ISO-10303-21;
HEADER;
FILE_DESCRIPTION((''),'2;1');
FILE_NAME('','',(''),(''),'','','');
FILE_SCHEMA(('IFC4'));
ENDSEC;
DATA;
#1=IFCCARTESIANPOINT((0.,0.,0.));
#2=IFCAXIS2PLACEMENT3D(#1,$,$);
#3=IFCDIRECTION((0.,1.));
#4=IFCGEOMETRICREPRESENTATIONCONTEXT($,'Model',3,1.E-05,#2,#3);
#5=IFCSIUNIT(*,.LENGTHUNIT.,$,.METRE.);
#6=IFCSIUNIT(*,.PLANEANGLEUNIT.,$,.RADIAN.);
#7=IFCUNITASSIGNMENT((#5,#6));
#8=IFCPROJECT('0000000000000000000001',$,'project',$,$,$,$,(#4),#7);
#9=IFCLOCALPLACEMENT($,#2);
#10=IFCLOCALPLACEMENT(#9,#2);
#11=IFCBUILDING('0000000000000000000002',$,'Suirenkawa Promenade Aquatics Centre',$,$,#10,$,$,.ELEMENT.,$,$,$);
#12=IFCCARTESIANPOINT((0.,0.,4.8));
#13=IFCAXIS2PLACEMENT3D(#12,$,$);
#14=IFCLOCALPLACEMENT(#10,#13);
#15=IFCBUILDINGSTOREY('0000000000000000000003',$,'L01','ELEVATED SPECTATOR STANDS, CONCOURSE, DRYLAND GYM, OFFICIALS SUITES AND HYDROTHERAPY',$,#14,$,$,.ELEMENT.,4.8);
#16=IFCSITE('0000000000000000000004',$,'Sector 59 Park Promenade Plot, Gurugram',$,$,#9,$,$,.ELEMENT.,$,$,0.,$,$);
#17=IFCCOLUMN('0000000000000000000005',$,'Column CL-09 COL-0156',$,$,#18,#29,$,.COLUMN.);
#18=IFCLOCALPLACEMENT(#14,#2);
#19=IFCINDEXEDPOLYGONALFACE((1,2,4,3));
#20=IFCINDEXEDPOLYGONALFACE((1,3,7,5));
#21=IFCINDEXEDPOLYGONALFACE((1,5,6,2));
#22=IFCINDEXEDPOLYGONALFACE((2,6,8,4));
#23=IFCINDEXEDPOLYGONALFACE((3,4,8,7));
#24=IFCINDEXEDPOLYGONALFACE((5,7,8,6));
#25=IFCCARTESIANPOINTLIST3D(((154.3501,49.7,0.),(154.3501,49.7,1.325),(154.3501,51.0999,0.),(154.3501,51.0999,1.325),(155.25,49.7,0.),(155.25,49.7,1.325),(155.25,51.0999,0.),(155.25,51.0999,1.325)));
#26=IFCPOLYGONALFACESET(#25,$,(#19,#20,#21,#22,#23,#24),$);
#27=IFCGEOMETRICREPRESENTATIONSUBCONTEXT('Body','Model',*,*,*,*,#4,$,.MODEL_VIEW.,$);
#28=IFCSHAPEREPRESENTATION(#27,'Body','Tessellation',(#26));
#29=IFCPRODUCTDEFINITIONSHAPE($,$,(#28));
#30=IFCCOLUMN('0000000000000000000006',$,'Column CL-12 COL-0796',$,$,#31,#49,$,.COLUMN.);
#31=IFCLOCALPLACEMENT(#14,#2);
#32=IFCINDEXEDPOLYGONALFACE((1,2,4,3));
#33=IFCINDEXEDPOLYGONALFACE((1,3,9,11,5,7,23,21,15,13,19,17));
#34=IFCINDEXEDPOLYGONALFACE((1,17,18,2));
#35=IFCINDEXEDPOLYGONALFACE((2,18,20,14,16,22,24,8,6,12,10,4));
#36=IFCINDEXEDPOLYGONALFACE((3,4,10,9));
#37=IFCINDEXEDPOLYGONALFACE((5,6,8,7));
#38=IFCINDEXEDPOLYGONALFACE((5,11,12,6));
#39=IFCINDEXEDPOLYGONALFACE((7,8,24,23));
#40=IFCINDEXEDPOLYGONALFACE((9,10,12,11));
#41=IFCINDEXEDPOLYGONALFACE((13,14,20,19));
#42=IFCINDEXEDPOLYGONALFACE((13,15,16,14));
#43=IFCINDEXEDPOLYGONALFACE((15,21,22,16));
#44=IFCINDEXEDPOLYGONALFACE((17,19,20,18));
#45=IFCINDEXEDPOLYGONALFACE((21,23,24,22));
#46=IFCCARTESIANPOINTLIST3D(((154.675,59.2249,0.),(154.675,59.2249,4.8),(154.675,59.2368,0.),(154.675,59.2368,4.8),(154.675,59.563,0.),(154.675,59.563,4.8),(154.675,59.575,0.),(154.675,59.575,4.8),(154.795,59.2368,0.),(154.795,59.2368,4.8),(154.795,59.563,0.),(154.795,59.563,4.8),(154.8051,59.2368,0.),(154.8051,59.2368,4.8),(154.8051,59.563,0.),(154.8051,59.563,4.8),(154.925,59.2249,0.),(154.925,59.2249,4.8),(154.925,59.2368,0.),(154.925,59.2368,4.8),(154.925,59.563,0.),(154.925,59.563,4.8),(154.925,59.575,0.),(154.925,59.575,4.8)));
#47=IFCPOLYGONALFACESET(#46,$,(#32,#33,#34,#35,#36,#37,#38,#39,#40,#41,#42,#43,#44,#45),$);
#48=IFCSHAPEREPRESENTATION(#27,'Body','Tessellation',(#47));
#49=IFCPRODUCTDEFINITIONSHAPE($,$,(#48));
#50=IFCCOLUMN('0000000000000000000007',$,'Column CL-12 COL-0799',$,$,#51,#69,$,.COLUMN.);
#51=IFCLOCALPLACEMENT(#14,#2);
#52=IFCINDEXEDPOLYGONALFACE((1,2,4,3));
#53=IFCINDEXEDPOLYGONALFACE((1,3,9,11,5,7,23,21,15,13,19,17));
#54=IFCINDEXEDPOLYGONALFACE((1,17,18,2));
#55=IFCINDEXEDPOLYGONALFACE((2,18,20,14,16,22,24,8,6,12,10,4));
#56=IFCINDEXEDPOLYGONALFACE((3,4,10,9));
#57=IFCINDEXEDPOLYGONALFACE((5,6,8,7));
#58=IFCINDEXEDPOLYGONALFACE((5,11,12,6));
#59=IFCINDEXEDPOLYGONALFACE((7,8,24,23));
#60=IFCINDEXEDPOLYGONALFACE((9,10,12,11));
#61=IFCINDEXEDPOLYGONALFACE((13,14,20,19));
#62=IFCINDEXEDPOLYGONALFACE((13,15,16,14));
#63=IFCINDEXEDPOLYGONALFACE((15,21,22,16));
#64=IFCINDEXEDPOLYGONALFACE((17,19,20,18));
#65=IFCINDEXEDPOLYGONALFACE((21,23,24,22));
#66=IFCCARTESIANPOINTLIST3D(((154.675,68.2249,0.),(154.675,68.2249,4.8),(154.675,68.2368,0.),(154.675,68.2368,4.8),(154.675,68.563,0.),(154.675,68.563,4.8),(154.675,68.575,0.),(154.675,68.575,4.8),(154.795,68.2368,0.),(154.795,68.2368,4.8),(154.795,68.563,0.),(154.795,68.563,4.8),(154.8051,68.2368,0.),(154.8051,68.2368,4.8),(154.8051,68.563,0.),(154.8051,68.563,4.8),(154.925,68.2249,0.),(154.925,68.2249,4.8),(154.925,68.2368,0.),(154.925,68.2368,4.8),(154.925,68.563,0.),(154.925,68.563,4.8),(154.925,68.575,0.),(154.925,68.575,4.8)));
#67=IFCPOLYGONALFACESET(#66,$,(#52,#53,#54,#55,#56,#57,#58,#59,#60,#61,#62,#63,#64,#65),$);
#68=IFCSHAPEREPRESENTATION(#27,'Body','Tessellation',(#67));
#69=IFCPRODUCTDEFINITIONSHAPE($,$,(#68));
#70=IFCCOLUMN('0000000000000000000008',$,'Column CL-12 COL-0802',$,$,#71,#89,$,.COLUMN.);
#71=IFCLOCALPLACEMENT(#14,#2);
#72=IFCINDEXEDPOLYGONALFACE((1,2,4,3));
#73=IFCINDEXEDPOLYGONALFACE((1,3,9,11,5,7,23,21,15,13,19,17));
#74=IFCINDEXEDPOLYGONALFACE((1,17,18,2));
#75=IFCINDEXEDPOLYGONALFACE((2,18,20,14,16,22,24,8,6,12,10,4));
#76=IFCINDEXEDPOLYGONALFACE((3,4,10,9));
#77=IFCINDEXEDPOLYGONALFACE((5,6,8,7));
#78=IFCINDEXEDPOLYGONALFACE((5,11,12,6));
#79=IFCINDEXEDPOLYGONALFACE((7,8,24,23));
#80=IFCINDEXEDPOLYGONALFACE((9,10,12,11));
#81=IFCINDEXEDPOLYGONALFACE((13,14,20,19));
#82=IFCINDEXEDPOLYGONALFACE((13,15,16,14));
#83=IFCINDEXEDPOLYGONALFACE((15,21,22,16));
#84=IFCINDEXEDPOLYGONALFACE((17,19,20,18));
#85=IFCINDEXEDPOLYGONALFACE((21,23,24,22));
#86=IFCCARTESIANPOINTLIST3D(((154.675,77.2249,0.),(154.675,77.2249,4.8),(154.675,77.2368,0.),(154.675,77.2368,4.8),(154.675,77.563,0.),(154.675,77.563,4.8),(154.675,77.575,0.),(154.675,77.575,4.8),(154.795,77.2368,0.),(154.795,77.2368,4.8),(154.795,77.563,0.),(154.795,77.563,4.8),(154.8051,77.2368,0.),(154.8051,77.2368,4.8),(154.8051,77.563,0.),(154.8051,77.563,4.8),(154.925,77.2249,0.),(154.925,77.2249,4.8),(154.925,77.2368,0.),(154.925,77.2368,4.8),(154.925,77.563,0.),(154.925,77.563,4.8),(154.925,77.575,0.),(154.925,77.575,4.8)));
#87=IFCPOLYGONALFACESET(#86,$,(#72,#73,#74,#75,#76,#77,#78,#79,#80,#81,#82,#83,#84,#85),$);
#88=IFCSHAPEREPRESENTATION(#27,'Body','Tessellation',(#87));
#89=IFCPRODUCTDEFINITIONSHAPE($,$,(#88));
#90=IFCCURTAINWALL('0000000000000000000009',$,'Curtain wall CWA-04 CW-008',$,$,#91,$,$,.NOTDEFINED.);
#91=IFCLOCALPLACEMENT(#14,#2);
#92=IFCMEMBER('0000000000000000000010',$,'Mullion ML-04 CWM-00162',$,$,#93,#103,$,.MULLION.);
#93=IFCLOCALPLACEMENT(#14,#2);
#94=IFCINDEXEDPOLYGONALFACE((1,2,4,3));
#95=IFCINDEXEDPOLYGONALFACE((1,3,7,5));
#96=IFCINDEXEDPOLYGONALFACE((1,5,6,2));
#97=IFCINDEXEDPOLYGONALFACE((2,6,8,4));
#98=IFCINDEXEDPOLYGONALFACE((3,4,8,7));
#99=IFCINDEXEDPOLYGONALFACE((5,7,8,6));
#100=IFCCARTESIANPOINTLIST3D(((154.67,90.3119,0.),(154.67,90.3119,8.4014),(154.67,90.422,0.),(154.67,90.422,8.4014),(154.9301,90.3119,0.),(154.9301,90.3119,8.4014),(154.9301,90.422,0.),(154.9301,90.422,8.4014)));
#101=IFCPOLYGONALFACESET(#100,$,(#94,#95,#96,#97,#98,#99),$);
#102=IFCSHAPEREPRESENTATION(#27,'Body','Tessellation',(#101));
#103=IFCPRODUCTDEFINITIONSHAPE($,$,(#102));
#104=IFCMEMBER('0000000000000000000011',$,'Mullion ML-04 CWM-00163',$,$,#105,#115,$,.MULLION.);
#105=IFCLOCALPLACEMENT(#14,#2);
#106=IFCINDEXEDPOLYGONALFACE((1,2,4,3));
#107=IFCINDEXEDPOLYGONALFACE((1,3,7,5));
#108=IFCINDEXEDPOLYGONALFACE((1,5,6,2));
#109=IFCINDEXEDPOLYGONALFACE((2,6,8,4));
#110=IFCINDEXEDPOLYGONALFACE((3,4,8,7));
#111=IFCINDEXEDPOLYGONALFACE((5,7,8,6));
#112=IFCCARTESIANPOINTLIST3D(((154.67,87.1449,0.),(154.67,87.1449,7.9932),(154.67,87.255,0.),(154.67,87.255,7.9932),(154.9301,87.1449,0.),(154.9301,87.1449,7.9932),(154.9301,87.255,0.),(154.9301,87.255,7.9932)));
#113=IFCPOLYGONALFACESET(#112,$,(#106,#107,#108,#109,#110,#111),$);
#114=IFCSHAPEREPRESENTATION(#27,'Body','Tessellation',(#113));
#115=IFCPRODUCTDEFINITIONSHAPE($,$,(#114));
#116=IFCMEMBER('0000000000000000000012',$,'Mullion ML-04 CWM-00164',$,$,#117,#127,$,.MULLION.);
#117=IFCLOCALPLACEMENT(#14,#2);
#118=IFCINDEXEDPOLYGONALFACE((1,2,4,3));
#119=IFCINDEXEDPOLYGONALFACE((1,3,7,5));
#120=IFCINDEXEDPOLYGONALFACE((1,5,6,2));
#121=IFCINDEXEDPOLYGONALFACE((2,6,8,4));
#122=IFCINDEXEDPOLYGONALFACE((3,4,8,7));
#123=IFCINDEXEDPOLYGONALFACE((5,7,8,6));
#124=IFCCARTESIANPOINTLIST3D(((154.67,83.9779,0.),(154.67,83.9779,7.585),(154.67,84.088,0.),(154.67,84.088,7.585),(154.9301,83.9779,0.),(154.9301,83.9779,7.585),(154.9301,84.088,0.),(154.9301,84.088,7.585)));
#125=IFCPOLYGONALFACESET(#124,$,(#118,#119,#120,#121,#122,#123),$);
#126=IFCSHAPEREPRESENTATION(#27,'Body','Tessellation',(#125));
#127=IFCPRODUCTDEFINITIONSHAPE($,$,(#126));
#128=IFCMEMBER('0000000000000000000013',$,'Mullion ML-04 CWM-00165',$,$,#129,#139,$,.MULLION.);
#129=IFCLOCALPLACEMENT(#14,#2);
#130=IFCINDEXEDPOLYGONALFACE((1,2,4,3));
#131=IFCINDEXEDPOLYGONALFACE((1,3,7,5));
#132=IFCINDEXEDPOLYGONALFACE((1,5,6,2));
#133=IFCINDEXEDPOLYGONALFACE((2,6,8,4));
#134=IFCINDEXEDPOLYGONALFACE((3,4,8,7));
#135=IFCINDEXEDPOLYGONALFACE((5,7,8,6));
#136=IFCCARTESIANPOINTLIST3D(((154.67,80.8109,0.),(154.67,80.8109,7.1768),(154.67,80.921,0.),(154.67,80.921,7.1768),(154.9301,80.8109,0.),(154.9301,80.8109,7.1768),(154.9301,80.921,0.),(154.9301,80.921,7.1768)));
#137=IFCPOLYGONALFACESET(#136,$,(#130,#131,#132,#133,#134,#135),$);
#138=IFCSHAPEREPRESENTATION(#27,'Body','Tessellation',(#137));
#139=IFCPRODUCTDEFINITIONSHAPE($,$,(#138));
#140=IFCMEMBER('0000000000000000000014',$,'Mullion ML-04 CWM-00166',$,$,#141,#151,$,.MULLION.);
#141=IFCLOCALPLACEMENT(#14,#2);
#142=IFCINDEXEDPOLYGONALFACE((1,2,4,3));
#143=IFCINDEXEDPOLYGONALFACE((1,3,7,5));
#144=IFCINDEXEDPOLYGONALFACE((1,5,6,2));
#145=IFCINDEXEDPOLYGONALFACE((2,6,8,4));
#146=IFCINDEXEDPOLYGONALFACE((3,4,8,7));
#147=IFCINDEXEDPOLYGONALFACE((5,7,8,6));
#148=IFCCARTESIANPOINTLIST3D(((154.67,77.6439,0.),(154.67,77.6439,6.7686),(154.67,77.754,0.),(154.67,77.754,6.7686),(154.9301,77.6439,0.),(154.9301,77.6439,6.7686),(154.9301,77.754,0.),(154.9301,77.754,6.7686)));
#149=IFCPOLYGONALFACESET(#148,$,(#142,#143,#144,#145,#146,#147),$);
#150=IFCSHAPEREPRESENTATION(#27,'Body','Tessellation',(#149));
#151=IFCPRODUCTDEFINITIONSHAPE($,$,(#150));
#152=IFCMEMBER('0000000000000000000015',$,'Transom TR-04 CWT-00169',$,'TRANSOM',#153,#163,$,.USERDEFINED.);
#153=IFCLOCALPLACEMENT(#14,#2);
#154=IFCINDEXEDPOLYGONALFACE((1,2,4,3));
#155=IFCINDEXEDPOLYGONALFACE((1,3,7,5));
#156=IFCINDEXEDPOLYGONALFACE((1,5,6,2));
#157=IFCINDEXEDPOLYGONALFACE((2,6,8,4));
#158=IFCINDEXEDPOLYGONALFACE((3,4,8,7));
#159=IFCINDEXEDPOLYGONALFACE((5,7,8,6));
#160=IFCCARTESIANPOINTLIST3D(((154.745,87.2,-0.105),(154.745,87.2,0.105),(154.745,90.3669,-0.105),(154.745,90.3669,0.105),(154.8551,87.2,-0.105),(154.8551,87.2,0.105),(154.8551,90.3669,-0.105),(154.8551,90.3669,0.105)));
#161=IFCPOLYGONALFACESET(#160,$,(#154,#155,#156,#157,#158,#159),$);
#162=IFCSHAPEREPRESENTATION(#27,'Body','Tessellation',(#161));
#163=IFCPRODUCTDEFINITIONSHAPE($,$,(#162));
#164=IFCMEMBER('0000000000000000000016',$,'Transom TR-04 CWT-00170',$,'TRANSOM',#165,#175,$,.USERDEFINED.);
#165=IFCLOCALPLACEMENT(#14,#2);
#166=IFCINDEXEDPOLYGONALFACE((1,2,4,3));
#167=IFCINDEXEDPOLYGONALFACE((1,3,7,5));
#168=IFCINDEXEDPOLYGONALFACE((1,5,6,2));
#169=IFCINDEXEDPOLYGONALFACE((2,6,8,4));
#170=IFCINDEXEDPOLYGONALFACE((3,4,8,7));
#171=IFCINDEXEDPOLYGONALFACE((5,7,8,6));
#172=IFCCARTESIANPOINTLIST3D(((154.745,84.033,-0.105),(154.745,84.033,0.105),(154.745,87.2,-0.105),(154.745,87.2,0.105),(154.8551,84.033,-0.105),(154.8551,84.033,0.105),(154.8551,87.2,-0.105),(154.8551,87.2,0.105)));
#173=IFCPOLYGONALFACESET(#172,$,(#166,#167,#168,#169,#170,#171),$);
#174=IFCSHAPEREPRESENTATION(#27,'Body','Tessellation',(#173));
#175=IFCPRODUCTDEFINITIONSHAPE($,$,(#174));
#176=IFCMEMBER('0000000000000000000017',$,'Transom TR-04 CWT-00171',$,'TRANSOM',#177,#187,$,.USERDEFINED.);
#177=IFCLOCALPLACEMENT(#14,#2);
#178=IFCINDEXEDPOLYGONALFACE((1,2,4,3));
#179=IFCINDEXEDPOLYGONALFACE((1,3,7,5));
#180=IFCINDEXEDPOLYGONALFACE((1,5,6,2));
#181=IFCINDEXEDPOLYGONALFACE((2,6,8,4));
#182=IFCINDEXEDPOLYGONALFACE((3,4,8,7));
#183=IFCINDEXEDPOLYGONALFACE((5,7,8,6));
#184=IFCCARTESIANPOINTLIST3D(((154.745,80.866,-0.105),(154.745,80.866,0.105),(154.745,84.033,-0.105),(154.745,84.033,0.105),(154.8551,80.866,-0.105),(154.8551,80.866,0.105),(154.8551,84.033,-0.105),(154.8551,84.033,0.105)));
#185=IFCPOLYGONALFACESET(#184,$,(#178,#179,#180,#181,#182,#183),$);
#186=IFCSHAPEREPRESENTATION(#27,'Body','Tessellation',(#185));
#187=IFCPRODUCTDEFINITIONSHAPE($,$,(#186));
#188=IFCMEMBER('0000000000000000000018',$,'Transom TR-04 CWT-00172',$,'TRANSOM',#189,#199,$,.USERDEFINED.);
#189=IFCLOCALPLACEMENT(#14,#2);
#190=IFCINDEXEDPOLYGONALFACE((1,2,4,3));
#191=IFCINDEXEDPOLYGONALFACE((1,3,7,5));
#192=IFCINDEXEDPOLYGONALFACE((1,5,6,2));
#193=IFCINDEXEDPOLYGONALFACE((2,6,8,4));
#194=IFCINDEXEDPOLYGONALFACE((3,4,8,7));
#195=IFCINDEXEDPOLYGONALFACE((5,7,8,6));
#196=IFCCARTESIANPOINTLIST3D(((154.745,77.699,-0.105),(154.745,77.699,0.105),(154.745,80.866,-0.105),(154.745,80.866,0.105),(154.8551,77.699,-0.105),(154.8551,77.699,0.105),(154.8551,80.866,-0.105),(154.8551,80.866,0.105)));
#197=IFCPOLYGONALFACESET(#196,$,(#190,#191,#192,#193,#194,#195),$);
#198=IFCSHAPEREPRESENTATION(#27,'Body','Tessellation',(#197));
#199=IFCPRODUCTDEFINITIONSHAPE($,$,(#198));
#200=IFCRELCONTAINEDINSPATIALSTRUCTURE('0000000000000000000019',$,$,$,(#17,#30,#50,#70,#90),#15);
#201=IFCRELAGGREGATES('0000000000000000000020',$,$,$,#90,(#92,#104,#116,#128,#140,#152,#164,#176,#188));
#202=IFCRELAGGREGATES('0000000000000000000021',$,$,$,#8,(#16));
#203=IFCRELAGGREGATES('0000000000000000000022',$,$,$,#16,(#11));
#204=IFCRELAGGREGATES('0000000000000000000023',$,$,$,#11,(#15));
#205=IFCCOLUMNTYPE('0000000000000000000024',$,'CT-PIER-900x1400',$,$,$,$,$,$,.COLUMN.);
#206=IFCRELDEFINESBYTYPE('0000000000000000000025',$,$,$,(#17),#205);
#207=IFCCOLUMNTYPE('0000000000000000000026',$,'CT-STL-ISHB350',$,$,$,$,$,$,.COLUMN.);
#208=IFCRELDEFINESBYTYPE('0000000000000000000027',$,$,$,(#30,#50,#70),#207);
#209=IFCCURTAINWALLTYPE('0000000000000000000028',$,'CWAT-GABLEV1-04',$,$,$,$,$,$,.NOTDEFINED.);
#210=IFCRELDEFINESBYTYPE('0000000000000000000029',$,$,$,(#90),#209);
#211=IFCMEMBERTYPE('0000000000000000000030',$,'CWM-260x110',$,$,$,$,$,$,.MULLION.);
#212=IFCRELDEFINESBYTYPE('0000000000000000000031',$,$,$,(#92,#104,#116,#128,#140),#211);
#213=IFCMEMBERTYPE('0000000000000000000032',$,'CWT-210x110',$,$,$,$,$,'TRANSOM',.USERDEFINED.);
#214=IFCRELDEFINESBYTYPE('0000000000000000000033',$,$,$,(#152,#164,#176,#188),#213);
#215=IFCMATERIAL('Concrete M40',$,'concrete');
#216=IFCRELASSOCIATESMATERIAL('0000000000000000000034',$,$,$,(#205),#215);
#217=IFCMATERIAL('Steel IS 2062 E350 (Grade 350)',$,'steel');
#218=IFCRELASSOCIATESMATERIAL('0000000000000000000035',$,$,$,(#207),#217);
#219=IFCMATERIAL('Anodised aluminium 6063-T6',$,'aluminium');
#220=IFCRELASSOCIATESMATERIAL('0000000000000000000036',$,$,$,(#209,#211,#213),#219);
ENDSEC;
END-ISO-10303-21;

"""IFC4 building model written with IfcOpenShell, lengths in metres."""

from ifc_helpers import new_model, si_unit, direction, frame, origin, origin_2d, place, context, subcontext, project, spatial, rectangle, i_section, extrude, material, material_profile, profile_set, type_object, element, aggregate, save


model = new_model("IFC4")

# Units and contexts
model_context = context("Model", 3, precision=1e-05, world=origin(), true_north=direction((0.0, 1.0)))
body_context = subcontext(model_context, "Body", "Model", "MODEL_VIEW")
ifc_project = project(units=[si_unit("LENGTHUNIT", "METRE"), si_unit("PLANEANGLEUNIT", "RADIAN")], contexts=[model_context])

# Site, building, storey
site_placement = place(None, origin())
site = spatial("IfcSite", under=ifc_project, at=site_placement, Name="Sector 59 Park Promenade Plot, Gurugram", CompositionType="ELEMENT", RefElevation=0.0)
building_placement = place(site_placement, origin())
building = spatial("IfcBuilding", under=site, at=building_placement, Name="Suirenkawa Promenade Aquatics Centre", CompositionType="ELEMENT")
storey_placement = place(building_placement, frame((0.0, 0.0, 4.8)))
storey = spatial("IfcBuildingStorey", under=building, at=storey_placement, Name="L01", Description="ELEVATED SPECTATOR STANDS, CONCOURSE, DRYLAND GYM, OFFICIALS SUITES AND HYDROTHERAPY", CompositionType="ELEMENT", Elevation=4.8)

# Columns
ifc_material_1 = material(Name="Concrete M40", Category="concrete")
ifc_material_profile_1 = material_profile(ifc_material_1, rectangle(XDim=0.8999, YDim=1.3999, at=origin_2d()), Name="RC PIER 900x1400", Category="concrete")
ifc_profile_set_1 = profile_set([ifc_material_profile_1], Name="Concrete M40")
column_type_1 = type_object("IfcColumnType", Name="CT-PIER-900x1400", PredefinedType="COLUMN", material=ifc_profile_set_1)
column_placement = place(storey_placement, frame((154.8, 50.3999, 0.0), z_axis=(0.0, 0.0, 1.0), x_axis=(1.0, 0.0, 0.0)))
element("IfcColumn", 1, at=column_placement, inside=storey, type_object=column_type_1, Name="Column CL-09 COL-0156", PredefinedType="COLUMN", context=body_context, shape_type="SweptSolid", body=[
    extrude(rectangle(XDim=0.8999, YDim=1.3999, at=origin_2d()), origin(), (0.0, 0.0, 1.0), 1.325),
])
ifc_material_2 = material(Name="Steel IS 2062 E350 (Grade 350)", Category="steel")
ifc_material_profile_2 = material_profile(ifc_material_2, i_section(OverallWidth=0.25, OverallDepth=0.3501, WebThickness=0.01, FlangeThickness=0.012, at=origin_2d()), Name="ISHB 350", Category="steel")
ifc_profile_set_2 = profile_set([ifc_material_profile_2], Name="Steel IS 2062 E350 (Grade 350)")
column_type_2 = type_object("IfcColumnType", Name="CT-STL-ISHB350", PredefinedType="COLUMN", material=ifc_profile_set_2)
for number, where, z_axis, x_axis, name in (
    (2, (154.8, 59.3999, 0.0), (0.0, 0.0, 1.0), (1.0, 0.0, 0.0), "Column CL-12 COL-0796"),
    (3, (154.8, 68.3999, 0.0), (0.0, 0.0, 1.0), (1.0, 0.0, 0.0), "Column CL-12 COL-0799"),
    (4, (154.8, 77.3999, 0.0), (0.0, 0.0, 1.0), (1.0, 0.0, 0.0), "Column CL-12 COL-0802"),
):
    element("IfcColumn", number, at=place(storey_placement, frame(where, z_axis=z_axis, x_axis=x_axis)), inside=storey, type_object=column_type_2, Name=name, PredefinedType="COLUMN", context=body_context, shape_type="SweptSolid", body=[
        extrude(i_section(OverallWidth=0.25, OverallDepth=0.3501, WebThickness=0.01, FlangeThickness=0.012, at=origin_2d()), origin(), (0.0, 0.0, 1.0), 4.8),
    ])

# Curtain wall, members
ifc_material_3 = material(Name="Anodised aluminium 6063-T6", Category="aluminium")
curtain_wall_type = type_object("IfcCurtainWallType", Name="CWAT-GABLEV1-04", PredefinedType="NOTDEFINED", material=ifc_material_3)
curtain_wall_placement = place(storey_placement, origin())
curtain_wall = element("IfcCurtainWall", 5, at=curtain_wall_placement, inside=storey, type_object=curtain_wall_type, Name="Curtain wall CWA-04 CW-008", PredefinedType="NOTDEFINED")
ifc_material_profile_3 = material_profile(ifc_material_3, rectangle(XDim=0.1101, YDim=0.26, at=origin_2d()), Name="ALU MULL 110x260", Category="aluminium")
ifc_profile_set_3 = profile_set([ifc_material_profile_3], Name="Anodised aluminium 6063-T6")
member_type_1 = type_object("IfcMemberType", Name="CWM-260x110", PredefinedType="MULLION", material=ifc_profile_set_3)
member_1_placement = place(storey_placement, frame((154.8, 90.3669, 0.0), z_axis=(0.0, 0.0, 1.0), x_axis=(0.0, -1.0, 0.0)))
member_1 = element("IfcMember", 6, at=member_1_placement, type_object=member_type_1, Name="Mullion ML-04 CWM-00162", PredefinedType="MULLION", context=body_context, shape_type="SweptSolid", body=[
    extrude(rectangle(XDim=0.1101, YDim=0.26, at=origin_2d()), origin(), (0.0, 0.0, 1.0), 8.4014),
])
member_2_placement = place(storey_placement, frame((154.8, 87.2, 0.0), z_axis=(0.0, 0.0, 1.0), x_axis=(0.0, -1.0, 0.0)))
member_2 = element("IfcMember", 7, at=member_2_placement, type_object=member_type_1, Name="Mullion ML-04 CWM-00163", PredefinedType="MULLION", context=body_context, shape_type="SweptSolid", body=[
    extrude(rectangle(XDim=0.1101, YDim=0.26, at=origin_2d()), origin(), (0.0, 0.0, 1.0), 7.9932),
])
member_3_placement = place(storey_placement, frame((154.8, 84.033, 0.0), z_axis=(0.0, 0.0, 1.0), x_axis=(0.0, -1.0, 0.0)))
member_3 = element("IfcMember", 8, at=member_3_placement, type_object=member_type_1, Name="Mullion ML-04 CWM-00164", PredefinedType="MULLION", context=body_context, shape_type="SweptSolid", body=[
    extrude(rectangle(XDim=0.1101, YDim=0.26, at=origin_2d()), origin(), (0.0, 0.0, 1.0), 7.585),
])
member_4_placement = place(storey_placement, frame((154.8, 80.866, 0.0), z_axis=(0.0, 0.0, 1.0), x_axis=(0.0, -1.0, 0.0)))
member_4 = element("IfcMember", 9, at=member_4_placement, type_object=member_type_1, Name="Mullion ML-04 CWM-00165", PredefinedType="MULLION", context=body_context, shape_type="SweptSolid", body=[
    extrude(rectangle(XDim=0.1101, YDim=0.26, at=origin_2d()), origin(), (0.0, 0.0, 1.0), 7.1768),
])
member_5_placement = place(storey_placement, frame((154.8, 77.699, 0.0), z_axis=(0.0, 0.0, 1.0), x_axis=(0.0, -1.0, 0.0)))
member_5 = element("IfcMember", 10, at=member_5_placement, type_object=member_type_1, Name="Mullion ML-04 CWM-00166", PredefinedType="MULLION", context=body_context, shape_type="SweptSolid", body=[
    extrude(rectangle(XDim=0.1101, YDim=0.26, at=origin_2d()), origin(), (0.0, 0.0, 1.0), 6.7686),
])
ifc_material_profile_4 = material_profile(ifc_material_3, rectangle(XDim=0.1101, YDim=0.21, at=origin_2d()), Name="ALU TRAN 110x210", Category="aluminium")
ifc_profile_set_4 = profile_set([ifc_material_profile_4], Name="Anodised aluminium 6063-T6")
member_type_2 = type_object("IfcMemberType", Name="CWT-210x110", ElementType="TRANSOM", PredefinedType="USERDEFINED", material=ifc_profile_set_4)
member_6_placement = place(storey_placement, frame((154.8, 90.3669, 0.0), z_axis=(0.0, -1.0, 0.0), x_axis=(1.0, 0.0, 0.0)))
member_6 = element("IfcMember", 11, at=member_6_placement, type_object=member_type_2, Name="Transom TR-04 CWT-00169", ObjectType="TRANSOM", PredefinedType="USERDEFINED", context=body_context, shape_type="SweptSolid", body=[
    extrude(rectangle(XDim=0.1101, YDim=0.21, at=origin_2d()), origin(), (0.0, 0.0, 1.0), 3.167),
])
member_7_placement = place(storey_placement, frame((154.8, 87.2, 0.0), z_axis=(0.0, -1.0, 0.0), x_axis=(1.0, 0.0, 0.0)))
member_7 = element("IfcMember", 12, at=member_7_placement, type_object=member_type_2, Name="Transom TR-04 CWT-00170", ObjectType="TRANSOM", PredefinedType="USERDEFINED", context=body_context, shape_type="SweptSolid", body=[
    extrude(rectangle(XDim=0.1101, YDim=0.21, at=origin_2d()), origin(), (0.0, 0.0, 1.0), 3.167),
])
member_8_placement = place(storey_placement, frame((154.8, 84.033, 0.0), z_axis=(0.0, -1.0, 0.0), x_axis=(1.0, 0.0, 0.0)))
member_8 = element("IfcMember", 13, at=member_8_placement, type_object=member_type_2, Name="Transom TR-04 CWT-00171", ObjectType="TRANSOM", PredefinedType="USERDEFINED", context=body_context, shape_type="SweptSolid", body=[
    extrude(rectangle(XDim=0.1101, YDim=0.21, at=origin_2d()), origin(), (0.0, 0.0, 1.0), 3.167),
])
member_9_placement = place(storey_placement, frame((154.8, 80.866, 0.0), z_axis=(0.0, -1.0, 0.0), x_axis=(1.0, 0.0, 0.0)))
member_9 = element("IfcMember", 14, at=member_9_placement, type_object=member_type_2, Name="Transom TR-04 CWT-00172", ObjectType="TRANSOM", PredefinedType="USERDEFINED", context=body_context, shape_type="SweptSolid", body=[
    extrude(rectangle(XDim=0.1101, YDim=0.21, at=origin_2d()), origin(), (0.0, 0.0, 1.0), 3.167),
])
aggregate(curtain_wall, [member_1, member_2, member_3, member_4, member_5, member_6, member_7, member_8, member_9])

save(model, "model.ifc")
